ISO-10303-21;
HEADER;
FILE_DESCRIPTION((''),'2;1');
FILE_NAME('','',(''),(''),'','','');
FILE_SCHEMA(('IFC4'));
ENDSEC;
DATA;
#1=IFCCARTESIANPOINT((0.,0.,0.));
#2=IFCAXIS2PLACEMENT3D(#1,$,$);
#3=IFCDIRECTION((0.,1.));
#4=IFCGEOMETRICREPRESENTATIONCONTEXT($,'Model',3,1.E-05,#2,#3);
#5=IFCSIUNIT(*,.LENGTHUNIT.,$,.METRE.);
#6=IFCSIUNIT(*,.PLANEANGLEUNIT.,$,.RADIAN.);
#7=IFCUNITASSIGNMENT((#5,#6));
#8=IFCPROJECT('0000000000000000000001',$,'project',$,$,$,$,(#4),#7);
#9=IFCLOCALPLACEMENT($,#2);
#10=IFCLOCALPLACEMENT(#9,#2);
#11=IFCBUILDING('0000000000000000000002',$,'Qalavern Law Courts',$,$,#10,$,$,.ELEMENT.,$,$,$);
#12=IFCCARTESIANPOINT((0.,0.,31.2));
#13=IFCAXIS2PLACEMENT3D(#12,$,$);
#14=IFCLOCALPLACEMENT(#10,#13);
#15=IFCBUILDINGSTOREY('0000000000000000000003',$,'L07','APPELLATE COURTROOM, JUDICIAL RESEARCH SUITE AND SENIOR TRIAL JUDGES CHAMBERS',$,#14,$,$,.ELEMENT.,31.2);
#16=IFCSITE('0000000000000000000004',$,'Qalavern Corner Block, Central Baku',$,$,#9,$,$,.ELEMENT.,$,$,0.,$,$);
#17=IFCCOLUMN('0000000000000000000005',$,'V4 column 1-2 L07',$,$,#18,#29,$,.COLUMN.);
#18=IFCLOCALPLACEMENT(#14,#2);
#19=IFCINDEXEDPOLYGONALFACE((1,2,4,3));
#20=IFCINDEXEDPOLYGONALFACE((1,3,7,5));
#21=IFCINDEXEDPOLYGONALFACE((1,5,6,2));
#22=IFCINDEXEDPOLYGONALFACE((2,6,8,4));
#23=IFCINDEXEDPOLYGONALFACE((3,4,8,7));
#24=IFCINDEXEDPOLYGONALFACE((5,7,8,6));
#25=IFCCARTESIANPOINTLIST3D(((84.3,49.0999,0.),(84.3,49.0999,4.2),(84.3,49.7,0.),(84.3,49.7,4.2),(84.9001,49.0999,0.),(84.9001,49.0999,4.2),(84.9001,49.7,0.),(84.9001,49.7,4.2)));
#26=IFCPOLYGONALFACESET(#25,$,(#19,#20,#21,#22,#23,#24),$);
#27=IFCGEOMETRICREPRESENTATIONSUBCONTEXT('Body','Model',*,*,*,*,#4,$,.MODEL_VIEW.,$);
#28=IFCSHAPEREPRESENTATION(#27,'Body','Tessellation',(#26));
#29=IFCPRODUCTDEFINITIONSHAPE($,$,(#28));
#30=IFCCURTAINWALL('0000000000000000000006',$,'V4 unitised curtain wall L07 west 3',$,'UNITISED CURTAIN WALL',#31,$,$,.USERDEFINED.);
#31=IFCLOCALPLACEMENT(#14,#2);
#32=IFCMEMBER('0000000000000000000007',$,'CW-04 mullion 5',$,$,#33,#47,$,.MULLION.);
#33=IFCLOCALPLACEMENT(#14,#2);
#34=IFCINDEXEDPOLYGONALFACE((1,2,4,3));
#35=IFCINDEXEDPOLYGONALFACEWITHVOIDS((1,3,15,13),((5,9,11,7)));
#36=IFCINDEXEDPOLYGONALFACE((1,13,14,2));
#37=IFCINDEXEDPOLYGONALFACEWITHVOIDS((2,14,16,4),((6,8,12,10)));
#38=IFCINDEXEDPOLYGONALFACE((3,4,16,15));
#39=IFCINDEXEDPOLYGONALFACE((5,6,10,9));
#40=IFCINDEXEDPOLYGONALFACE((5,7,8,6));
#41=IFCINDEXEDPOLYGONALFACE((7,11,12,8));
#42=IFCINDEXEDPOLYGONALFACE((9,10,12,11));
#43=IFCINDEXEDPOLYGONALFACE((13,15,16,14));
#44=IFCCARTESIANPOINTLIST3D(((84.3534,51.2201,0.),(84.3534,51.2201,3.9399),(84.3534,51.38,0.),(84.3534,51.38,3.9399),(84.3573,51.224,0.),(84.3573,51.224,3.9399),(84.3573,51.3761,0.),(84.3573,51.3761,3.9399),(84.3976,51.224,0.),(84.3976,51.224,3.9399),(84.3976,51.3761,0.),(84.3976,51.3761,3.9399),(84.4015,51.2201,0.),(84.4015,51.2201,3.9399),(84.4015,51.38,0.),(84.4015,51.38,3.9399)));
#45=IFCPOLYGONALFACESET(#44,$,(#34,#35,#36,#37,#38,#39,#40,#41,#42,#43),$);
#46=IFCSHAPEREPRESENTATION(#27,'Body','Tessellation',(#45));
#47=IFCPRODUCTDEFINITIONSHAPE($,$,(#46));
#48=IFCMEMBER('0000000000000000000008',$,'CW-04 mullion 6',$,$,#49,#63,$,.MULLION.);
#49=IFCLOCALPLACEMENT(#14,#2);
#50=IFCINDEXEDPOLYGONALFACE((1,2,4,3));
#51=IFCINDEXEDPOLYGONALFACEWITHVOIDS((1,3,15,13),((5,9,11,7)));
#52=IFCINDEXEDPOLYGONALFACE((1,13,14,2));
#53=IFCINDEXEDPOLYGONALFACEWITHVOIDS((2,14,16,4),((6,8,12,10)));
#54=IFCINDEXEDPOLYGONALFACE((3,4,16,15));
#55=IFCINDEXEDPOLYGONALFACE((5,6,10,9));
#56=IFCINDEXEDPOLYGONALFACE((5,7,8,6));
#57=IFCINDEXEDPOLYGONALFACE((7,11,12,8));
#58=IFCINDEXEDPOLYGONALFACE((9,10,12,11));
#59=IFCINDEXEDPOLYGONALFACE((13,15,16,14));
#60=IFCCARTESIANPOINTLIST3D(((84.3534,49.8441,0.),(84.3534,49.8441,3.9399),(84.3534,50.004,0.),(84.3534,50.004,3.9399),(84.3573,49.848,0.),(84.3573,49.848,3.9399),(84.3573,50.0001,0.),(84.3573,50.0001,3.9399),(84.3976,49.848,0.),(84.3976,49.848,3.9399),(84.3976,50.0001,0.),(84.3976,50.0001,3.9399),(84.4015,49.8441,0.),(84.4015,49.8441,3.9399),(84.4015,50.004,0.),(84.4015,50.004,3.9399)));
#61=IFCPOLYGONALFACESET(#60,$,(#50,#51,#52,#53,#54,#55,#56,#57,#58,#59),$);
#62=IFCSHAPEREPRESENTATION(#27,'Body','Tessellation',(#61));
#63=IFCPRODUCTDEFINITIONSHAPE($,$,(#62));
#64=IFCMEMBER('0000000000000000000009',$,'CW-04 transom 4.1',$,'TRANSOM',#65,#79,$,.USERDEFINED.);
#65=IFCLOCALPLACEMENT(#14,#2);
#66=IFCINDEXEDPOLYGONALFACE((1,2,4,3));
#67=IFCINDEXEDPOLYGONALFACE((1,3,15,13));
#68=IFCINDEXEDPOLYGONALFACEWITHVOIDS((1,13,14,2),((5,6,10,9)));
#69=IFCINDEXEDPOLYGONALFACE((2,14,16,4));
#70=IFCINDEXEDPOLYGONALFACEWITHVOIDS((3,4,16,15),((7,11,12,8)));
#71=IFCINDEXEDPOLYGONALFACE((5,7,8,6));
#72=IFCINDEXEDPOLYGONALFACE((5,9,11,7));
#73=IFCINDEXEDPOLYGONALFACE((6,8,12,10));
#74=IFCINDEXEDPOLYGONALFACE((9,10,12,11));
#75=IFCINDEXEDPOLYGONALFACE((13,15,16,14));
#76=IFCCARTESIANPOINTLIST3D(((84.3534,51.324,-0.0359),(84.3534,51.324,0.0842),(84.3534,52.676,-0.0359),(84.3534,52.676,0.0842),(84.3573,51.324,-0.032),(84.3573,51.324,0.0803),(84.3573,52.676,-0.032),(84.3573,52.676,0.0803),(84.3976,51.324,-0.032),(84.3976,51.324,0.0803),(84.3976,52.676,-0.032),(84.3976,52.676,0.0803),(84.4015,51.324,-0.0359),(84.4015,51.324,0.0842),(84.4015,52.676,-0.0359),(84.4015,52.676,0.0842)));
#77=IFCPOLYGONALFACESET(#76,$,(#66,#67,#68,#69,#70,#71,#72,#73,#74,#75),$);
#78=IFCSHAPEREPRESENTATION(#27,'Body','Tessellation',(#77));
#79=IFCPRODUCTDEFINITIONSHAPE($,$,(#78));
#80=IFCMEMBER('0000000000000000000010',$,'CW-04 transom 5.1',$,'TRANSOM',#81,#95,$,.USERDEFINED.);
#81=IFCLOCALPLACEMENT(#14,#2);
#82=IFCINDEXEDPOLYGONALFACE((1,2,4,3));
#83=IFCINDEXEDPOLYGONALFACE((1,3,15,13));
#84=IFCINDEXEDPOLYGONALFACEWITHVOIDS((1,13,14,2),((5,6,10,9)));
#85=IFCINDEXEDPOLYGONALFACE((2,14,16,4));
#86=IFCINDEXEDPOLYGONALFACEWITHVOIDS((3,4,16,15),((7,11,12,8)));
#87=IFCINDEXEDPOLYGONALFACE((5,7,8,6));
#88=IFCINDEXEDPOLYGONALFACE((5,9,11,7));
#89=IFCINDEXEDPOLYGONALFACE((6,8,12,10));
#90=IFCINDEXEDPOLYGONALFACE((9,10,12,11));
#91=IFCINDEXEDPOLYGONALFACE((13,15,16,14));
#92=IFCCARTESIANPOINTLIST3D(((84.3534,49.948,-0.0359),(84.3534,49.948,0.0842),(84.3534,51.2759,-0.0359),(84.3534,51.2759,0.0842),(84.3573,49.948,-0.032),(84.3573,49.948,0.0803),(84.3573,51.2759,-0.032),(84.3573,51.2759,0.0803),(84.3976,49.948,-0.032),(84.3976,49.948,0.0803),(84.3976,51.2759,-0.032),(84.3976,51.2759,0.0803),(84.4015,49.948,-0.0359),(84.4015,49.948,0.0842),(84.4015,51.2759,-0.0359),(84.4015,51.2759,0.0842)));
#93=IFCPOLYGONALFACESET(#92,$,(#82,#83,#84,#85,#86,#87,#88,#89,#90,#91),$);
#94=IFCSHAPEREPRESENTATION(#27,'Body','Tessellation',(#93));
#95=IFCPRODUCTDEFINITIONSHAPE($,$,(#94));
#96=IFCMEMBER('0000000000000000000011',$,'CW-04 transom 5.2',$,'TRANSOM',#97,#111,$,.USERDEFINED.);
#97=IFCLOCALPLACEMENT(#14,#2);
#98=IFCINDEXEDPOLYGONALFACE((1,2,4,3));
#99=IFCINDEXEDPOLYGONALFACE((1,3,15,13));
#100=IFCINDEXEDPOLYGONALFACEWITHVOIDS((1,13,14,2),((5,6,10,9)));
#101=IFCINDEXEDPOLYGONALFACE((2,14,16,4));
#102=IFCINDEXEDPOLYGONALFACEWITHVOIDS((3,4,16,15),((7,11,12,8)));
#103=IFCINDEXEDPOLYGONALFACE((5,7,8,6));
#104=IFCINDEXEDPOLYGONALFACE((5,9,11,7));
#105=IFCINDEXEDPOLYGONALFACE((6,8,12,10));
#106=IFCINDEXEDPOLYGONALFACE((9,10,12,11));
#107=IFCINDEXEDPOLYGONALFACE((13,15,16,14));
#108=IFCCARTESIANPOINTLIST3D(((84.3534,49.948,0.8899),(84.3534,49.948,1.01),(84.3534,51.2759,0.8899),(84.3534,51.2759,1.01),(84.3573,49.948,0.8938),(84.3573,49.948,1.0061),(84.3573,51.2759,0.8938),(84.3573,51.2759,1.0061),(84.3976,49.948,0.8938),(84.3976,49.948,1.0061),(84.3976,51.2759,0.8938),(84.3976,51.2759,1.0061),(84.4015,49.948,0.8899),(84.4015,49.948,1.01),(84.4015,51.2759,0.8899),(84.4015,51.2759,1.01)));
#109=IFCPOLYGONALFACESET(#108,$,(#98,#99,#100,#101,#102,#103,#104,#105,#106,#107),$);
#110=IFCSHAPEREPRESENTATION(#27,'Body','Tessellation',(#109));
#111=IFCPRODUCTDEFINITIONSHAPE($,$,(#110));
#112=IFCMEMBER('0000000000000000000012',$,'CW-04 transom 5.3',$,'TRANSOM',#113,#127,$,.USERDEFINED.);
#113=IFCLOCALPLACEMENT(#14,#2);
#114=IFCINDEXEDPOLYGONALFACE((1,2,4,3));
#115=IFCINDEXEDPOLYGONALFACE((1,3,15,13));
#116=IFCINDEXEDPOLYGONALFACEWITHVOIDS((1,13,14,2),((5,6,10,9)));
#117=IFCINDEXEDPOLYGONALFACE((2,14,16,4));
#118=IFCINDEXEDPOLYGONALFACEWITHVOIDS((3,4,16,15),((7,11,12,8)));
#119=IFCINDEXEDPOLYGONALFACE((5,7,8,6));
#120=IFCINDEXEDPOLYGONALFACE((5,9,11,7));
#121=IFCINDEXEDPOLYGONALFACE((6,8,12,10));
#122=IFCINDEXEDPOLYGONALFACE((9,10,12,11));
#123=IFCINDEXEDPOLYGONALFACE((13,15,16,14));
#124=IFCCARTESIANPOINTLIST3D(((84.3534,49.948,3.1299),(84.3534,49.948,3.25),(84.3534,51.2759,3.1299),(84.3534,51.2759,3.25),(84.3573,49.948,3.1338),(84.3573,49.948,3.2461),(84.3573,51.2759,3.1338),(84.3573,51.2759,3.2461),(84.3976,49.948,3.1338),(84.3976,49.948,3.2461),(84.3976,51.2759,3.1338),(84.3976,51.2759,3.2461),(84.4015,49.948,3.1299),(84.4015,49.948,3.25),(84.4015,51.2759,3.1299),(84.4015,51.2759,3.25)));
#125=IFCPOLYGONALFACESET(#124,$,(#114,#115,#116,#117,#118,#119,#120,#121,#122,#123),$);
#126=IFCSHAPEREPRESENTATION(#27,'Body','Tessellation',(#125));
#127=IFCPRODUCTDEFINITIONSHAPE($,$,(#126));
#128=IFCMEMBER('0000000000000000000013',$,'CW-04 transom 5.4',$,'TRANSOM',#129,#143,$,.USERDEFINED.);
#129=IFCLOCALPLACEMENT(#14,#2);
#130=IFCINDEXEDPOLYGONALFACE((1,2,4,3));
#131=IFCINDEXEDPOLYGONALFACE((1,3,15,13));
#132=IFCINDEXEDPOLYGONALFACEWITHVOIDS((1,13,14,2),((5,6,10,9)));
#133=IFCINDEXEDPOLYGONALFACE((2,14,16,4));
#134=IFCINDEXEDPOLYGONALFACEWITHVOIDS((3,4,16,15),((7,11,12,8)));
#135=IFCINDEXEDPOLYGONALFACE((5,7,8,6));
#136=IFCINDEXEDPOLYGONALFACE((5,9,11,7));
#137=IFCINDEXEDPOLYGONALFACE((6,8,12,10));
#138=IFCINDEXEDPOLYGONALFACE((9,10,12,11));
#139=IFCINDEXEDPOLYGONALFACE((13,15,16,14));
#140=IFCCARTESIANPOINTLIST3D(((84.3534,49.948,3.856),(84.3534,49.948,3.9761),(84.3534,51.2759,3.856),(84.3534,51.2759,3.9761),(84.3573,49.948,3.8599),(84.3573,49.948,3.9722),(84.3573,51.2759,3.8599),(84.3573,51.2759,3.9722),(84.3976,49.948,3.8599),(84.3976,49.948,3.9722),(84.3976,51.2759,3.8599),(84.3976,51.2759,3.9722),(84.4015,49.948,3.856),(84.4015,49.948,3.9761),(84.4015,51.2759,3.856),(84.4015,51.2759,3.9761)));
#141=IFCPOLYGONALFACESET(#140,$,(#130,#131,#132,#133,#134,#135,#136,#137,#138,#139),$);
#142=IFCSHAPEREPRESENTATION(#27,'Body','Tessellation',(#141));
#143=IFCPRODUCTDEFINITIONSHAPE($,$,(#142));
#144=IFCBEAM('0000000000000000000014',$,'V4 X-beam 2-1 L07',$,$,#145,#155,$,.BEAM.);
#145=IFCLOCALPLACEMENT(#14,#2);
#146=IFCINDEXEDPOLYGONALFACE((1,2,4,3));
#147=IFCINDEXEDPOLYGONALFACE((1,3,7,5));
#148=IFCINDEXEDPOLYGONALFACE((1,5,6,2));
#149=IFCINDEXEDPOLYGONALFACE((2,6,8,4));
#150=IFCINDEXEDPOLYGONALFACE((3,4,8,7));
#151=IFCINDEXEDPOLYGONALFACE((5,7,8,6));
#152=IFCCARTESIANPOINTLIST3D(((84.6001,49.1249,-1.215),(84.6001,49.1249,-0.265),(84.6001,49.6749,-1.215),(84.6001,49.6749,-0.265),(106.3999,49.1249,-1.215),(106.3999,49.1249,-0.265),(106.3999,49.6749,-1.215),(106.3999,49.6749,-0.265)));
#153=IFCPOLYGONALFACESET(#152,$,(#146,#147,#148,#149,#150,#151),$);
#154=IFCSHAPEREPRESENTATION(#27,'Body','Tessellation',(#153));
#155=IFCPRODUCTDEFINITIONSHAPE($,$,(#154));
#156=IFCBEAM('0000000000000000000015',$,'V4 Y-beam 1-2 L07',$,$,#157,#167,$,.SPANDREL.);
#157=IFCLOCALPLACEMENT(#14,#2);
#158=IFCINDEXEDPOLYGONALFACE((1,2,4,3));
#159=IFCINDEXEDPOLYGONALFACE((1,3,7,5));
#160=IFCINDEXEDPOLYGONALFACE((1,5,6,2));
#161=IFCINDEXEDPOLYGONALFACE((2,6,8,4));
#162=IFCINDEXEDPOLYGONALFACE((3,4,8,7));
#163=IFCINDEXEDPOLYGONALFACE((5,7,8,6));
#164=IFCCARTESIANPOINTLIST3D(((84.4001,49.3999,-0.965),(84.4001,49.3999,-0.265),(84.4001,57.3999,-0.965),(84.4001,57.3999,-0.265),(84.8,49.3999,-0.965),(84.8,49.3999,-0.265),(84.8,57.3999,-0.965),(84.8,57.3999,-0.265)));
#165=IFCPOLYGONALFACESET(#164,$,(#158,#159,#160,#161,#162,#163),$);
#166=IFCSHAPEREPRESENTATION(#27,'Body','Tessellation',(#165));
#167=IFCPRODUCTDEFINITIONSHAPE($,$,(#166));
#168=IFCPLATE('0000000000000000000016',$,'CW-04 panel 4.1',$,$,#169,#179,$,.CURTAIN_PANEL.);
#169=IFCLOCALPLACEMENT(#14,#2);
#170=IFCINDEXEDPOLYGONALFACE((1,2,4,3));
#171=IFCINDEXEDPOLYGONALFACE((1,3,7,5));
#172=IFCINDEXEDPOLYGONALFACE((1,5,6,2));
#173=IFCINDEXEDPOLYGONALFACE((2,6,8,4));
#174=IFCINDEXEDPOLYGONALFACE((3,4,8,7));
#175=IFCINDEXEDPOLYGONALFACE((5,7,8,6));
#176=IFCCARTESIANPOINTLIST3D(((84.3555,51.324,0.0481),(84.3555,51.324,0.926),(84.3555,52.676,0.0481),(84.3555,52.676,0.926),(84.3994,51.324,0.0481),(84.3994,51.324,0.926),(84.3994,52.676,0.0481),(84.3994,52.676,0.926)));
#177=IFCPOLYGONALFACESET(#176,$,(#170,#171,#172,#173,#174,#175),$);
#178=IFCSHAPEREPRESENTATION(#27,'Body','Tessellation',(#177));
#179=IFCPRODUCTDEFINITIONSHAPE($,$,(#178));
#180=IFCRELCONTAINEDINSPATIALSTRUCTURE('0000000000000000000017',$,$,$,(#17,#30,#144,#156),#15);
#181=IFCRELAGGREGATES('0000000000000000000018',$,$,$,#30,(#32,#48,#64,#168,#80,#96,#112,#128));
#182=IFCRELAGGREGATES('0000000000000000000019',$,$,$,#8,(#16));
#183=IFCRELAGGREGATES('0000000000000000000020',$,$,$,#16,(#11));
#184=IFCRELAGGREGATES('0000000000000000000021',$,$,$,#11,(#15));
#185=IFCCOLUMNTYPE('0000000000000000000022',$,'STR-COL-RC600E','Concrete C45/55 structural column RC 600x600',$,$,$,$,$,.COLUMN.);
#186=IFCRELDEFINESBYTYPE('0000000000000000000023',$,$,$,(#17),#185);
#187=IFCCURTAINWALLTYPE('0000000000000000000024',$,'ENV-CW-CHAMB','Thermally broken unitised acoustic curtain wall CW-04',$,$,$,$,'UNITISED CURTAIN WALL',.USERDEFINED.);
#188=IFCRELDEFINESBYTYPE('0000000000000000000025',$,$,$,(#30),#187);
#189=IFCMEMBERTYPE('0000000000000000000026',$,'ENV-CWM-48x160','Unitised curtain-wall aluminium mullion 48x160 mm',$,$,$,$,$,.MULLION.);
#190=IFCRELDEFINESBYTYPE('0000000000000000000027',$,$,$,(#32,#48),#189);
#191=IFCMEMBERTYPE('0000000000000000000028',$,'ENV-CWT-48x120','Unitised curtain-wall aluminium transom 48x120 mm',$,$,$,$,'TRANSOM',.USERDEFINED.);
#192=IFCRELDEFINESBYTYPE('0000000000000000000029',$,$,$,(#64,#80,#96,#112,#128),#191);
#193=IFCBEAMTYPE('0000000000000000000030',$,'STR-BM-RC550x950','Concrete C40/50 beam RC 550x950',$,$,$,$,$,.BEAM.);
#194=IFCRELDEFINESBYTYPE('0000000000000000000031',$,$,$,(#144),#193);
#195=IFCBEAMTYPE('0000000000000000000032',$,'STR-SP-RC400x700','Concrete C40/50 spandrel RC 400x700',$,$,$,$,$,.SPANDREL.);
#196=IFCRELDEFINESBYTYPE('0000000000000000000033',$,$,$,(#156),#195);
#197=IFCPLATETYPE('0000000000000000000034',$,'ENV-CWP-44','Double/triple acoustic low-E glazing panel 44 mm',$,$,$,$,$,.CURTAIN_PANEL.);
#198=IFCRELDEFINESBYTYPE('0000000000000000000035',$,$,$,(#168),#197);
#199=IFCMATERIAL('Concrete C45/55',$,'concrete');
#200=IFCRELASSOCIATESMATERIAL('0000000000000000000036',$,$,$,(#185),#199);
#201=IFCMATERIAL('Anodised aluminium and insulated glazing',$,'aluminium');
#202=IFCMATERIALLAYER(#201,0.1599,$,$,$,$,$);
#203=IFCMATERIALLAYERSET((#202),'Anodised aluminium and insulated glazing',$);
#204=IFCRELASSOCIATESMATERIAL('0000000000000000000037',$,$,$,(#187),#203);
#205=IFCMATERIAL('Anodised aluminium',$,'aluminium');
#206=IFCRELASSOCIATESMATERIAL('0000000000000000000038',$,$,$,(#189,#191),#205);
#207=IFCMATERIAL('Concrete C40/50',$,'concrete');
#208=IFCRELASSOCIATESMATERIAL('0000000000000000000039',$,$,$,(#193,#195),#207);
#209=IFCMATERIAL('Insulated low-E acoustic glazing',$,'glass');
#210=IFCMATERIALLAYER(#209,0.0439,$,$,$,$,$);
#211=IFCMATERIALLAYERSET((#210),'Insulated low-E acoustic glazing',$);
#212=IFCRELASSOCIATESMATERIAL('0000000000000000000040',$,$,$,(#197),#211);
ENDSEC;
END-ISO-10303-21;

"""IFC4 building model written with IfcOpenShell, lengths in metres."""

from ifc_helpers import new_model, si_unit, direction, frame, origin, origin_2d, place, context, subcontext, project, spatial, rectangle, hollow_rectangle, extrude, material, layer, layer_set, material_profile, profile_set, type_object, element, aggregate, save


model = new_model("IFC4")

# Units and contexts
model_context = context("Model", 3, precision=1e-05, world=origin(), true_north=direction((0.0, 1.0)))
body_context = subcontext(model_context, "Body", "Model", "MODEL_VIEW")
ifc_project = project(units=[si_unit("LENGTHUNIT", "METRE"), si_unit("PLANEANGLEUNIT", "RADIAN")], contexts=[model_context])

# Site, building, storey
site_placement = place(None, origin())
site = spatial("IfcSite", under=ifc_project, at=site_placement, Name="Qalavern Corner Block, Central Baku", CompositionType="ELEMENT", RefElevation=0.0)
building_placement = place(site_placement, origin())
building = spatial("IfcBuilding", under=site, at=building_placement, Name="Qalavern Law Courts", CompositionType="ELEMENT")
storey_placement = place(building_placement, frame((0.0, 0.0, 31.2)))
storey = spatial("IfcBuildingStorey", under=building, at=storey_placement, Name="L07", Description="APPELLATE COURTROOM, JUDICIAL RESEARCH SUITE AND SENIOR TRIAL JUDGES CHAMBERS", CompositionType="ELEMENT", Elevation=31.2)

# Column
ifc_material_1 = material(Name="Concrete C45/55", Category="concrete")
ifc_material_profile_1 = material_profile(ifc_material_1, rectangle(XDim=0.6001, YDim=0.6001, at=origin_2d()), Name="RC 600x600")
ifc_profile_set_1 = profile_set([ifc_material_profile_1], Name="Concrete C45/55")
column_type = type_object("IfcColumnType", Name="STR-COL-RC600E", Description="Concrete C45/55 structural column RC 600x600", PredefinedType="COLUMN", material=ifc_profile_set_1)
column_placement = place(storey_placement, frame((84.6001, 49.3999, 0.0), z_axis=(0.0, 0.0, 1.0), x_axis=(1.0, 0.0, 0.0)))
element("IfcColumn", 1, at=column_placement, inside=storey, type_object=column_type, Name="V4 column 1-2 L07", PredefinedType="COLUMN", context=body_context, shape_type="SweptSolid", body=[
    extrude(rectangle(XDim=0.6001, YDim=0.6001, at=origin_2d()), origin(), (0.0, 0.0, 1.0), 4.2),
])

# Curtain wall, members
ifc_material_2 = material(Name="Anodised aluminium and insulated glazing", Category="aluminium")
ifc_layer_1 = layer(ifc_material_2, 0.1599)
ifc_layer_set_1 = layer_set([ifc_layer_1], Name="Anodised aluminium and insulated glazing")
curtain_wall_type = type_object("IfcCurtainWallType", Name="ENV-CW-CHAMB", Description="Thermally broken unitised acoustic curtain wall CW-04", ElementType="UNITISED CURTAIN WALL", PredefinedType="USERDEFINED", material=ifc_layer_set_1)
curtain_wall_placement = place(storey_placement, origin())
curtain_wall = element("IfcCurtainWall", 2, at=curtain_wall_placement, inside=storey, type_object=curtain_wall_type, Name="V4 unitised curtain wall L07 west 3", ObjectType="UNITISED CURTAIN WALL", PredefinedType="USERDEFINED")
ifc_material_3 = material(Name="Anodised aluminium", Category="aluminium")
ifc_material_profile_2 = material_profile(ifc_material_3, hollow_rectangle(XDim=0.0481, YDim=0.1599, WallThickness=0.0039, at=origin_2d()), Name="ALU MULLION 48x160")
ifc_profile_set_2 = profile_set([ifc_material_profile_2], Name="Anodised aluminium")
member_type_1 = type_object("IfcMemberType", Name="ENV-CWM-48x160", Description="Unitised curtain-wall aluminium mullion 48x160 mm", PredefinedType="MULLION", material=ifc_profile_set_2)
member_1_placement = place(storey_placement, frame((84.3774, 51.3, 0.0), z_axis=(0.0, 0.0, 1.0), x_axis=(1.0, 0.0, 0.0)))
member_1 = element("IfcMember", 3, at=member_1_placement, type_object=member_type_1, Name="CW-04 mullion 5", PredefinedType="MULLION", context=body_context, shape_type="SweptSolid", body=[
    extrude(hollow_rectangle(XDim=0.0481, YDim=0.1599, WallThickness=0.0039, at=origin_2d()), origin(), (0.0, 0.0, 1.0), 3.9399),
])
member_2_placement = place(storey_placement, frame((84.3774, 49.9241, 0.0), z_axis=(0.0, 0.0, 1.0), x_axis=(1.0, 0.0, 0.0)))
member_2 = element("IfcMember", 4, at=member_2_placement, type_object=member_type_1, Name="CW-04 mullion 6", PredefinedType="MULLION", context=body_context, shape_type="SweptSolid", body=[
    extrude(hollow_rectangle(XDim=0.0481, YDim=0.1599, WallThickness=0.0039, at=origin_2d()), origin(), (0.0, 0.0, 1.0), 3.9399),
])
ifc_material_profile_3 = material_profile(ifc_material_3, hollow_rectangle(XDim=0.0481, YDim=0.1201, WallThickness=0.0039, at=origin_2d()), Name="ALU TRANSOM 48x120")
ifc_profile_set_3 = profile_set([ifc_material_profile_3], Name="Anodised aluminium")
member_type_2 = type_object("IfcMemberType", Name="ENV-CWT-48x120", Description="Unitised curtain-wall aluminium transom 48x120 mm", ElementType="TRANSOM", PredefinedType="USERDEFINED", material=ifc_profile_set_3)
member_3_placement = place(storey_placement, frame((84.3774, 52.676, 0.0242), z_axis=(0.0, -1.0, 0.0), x_axis=(1.0, 0.0, 0.0)))
member_3 = element("IfcMember", 5, at=member_3_placement, type_object=member_type_2, Name="CW-04 transom 4.1", ObjectType="TRANSOM", PredefinedType="USERDEFINED", context=body_context, shape_type="SweptSolid", body=[
    extrude(hollow_rectangle(XDim=0.0481, YDim=0.1201, WallThickness=0.0039, at=origin_2d()), origin(), (0.0, 0.0, 1.0), 1.3521),
])
member_4_placement = place(storey_placement, frame((84.3774, 51.2759, 0.0242), z_axis=(0.0, -1.0, 0.0), x_axis=(1.0, 0.0, 0.0)))
member_4 = element("IfcMember", 6, at=member_4_placement, type_object=member_type_2, Name="CW-04 transom 5.1", ObjectType="TRANSOM", PredefinedType="USERDEFINED", context=body_context, shape_type="SweptSolid", body=[
    extrude(hollow_rectangle(XDim=0.0481, YDim=0.1201, WallThickness=0.0039, at=origin_2d()), origin(), (0.0, 0.0, 1.0), 1.3279),
])
member_5_placement = place(storey_placement, frame((84.3774, 51.2759, 0.95), z_axis=(0.0, -1.0, 0.0), x_axis=(1.0, 0.0, 0.0)))
member_5 = element("IfcMember", 7, at=member_5_placement, type_object=member_type_2, Name="CW-04 transom 5.2", ObjectType="TRANSOM", PredefinedType="USERDEFINED", context=body_context, shape_type="SweptSolid", body=[
    extrude(hollow_rectangle(XDim=0.0481, YDim=0.1201, WallThickness=0.0039, at=origin_2d()), origin(), (0.0, 0.0, 1.0), 1.3279),
])
member_6_placement = place(storey_placement, frame((84.3774, 51.2759, 3.1899), z_axis=(0.0, -1.0, 0.0), x_axis=(1.0, 0.0, 0.0)))
member_6 = element("IfcMember", 8, at=member_6_placement, type_object=member_type_2, Name="CW-04 transom 5.3", ObjectType="TRANSOM", PredefinedType="USERDEFINED", context=body_context, shape_type="SweptSolid", body=[
    extrude(hollow_rectangle(XDim=0.0481, YDim=0.1201, WallThickness=0.0039, at=origin_2d()), origin(), (0.0, 0.0, 1.0), 1.3279),
])
member_7_placement = place(storey_placement, frame((84.3774, 51.2759, 3.916), z_axis=(0.0, -1.0, 0.0), x_axis=(1.0, 0.0, 0.0)))
member_7 = element("IfcMember", 9, at=member_7_placement, type_object=member_type_2, Name="CW-04 transom 5.4", ObjectType="TRANSOM", PredefinedType="USERDEFINED", context=body_context, shape_type="SweptSolid", body=[
    extrude(hollow_rectangle(XDim=0.0481, YDim=0.1201, WallThickness=0.0039, at=origin_2d()), origin(), (0.0, 0.0, 1.0), 1.3279),
])

# Beams
ifc_material_4 = material(Name="Concrete C40/50", Category="concrete")
ifc_material_profile_4 = material_profile(ifc_material_4, rectangle(XDim=0.55, YDim=0.95, at=origin_2d()), Name="RC 550x950")
ifc_profile_set_4 = profile_set([ifc_material_profile_4], Name="Concrete C40/50")
beam_type_1 = type_object("IfcBeamType", Name="STR-BM-RC550x950", Description="Concrete C40/50 beam RC 550x950", PredefinedType="BEAM", material=ifc_profile_set_4)
beam_1_placement = place(storey_placement, frame((84.6001, 49.3999, -0.74), z_axis=(1.0, 0.0, 0.0), x_axis=(0.0, 1.0, 0.0)))
element("IfcBeam", 10, at=beam_1_placement, inside=storey, type_object=beam_type_1, Name="V4 X-beam 2-1 L07", PredefinedType="BEAM", context=body_context, shape_type="SweptSolid", body=[
    extrude(rectangle(XDim=0.55, YDim=0.95, at=origin_2d()), origin(), (0.0, 0.0, 1.0), 21.7998),
])
ifc_material_profile_5 = material_profile(ifc_material_4, rectangle(XDim=0.3999, YDim=0.7, at=origin_2d()), Name="RC 400x700")
ifc_profile_set_5 = profile_set([ifc_material_profile_5], Name="Concrete C40/50")
beam_type_2 = type_object("IfcBeamType", Name="STR-SP-RC400x700", Description="Concrete C40/50 spandrel RC 400x700", PredefinedType="SPANDREL", material=ifc_profile_set_5)
beam_2_placement = place(storey_placement, frame((84.6001, 49.3999, -0.615), z_axis=(0.0, 1.0, 0.0), x_axis=(-1.0, 0.0, 0.0)))
element("IfcBeam", 11, at=beam_2_placement, inside=storey, type_object=beam_type_2, Name="V4 Y-beam 1-2 L07", PredefinedType="SPANDREL", context=body_context, shape_type="SweptSolid", body=[
    extrude(rectangle(XDim=0.3999, YDim=0.7, at=origin_2d()), origin(), (0.0, 0.0, 1.0), 8.0),
])

# Plate
ifc_material_5 = material(Name="Insulated low-E acoustic glazing", Category="glass")
ifc_layer_2 = layer(ifc_material_5, 0.0439)
ifc_layer_set_2 = layer_set([ifc_layer_2], Name="Insulated low-E acoustic glazing")
plate_type = type_object("IfcPlateType", Name="ENV-CWP-44", Description="Double/triple acoustic low-E glazing panel 44 mm", PredefinedType="CURTAIN_PANEL", material=ifc_layer_set_2)
plate_1_placement = place(storey_placement, frame((84.3774, 52.0, 0.0481), z_axis=(0.0, 0.0, 1.0), x_axis=(0.0, -1.0, 0.0)))
plate_1 = element("IfcPlate", 12, at=plate_1_placement, type_object=plate_type, Name="CW-04 panel 4.1", PredefinedType="CURTAIN_PANEL", context=body_context, shape_type="SweptSolid", body=[
    extrude(rectangle(XDim=1.3521, YDim=0.0439, at=origin_2d()), origin(), (0.0, 0.0, 1.0), 0.8779),
])
aggregate(curtain_wall, [member_1, member_2, member_3, plate_1, member_4, member_5, member_6, member_7])

save(model, "model.ifc")
